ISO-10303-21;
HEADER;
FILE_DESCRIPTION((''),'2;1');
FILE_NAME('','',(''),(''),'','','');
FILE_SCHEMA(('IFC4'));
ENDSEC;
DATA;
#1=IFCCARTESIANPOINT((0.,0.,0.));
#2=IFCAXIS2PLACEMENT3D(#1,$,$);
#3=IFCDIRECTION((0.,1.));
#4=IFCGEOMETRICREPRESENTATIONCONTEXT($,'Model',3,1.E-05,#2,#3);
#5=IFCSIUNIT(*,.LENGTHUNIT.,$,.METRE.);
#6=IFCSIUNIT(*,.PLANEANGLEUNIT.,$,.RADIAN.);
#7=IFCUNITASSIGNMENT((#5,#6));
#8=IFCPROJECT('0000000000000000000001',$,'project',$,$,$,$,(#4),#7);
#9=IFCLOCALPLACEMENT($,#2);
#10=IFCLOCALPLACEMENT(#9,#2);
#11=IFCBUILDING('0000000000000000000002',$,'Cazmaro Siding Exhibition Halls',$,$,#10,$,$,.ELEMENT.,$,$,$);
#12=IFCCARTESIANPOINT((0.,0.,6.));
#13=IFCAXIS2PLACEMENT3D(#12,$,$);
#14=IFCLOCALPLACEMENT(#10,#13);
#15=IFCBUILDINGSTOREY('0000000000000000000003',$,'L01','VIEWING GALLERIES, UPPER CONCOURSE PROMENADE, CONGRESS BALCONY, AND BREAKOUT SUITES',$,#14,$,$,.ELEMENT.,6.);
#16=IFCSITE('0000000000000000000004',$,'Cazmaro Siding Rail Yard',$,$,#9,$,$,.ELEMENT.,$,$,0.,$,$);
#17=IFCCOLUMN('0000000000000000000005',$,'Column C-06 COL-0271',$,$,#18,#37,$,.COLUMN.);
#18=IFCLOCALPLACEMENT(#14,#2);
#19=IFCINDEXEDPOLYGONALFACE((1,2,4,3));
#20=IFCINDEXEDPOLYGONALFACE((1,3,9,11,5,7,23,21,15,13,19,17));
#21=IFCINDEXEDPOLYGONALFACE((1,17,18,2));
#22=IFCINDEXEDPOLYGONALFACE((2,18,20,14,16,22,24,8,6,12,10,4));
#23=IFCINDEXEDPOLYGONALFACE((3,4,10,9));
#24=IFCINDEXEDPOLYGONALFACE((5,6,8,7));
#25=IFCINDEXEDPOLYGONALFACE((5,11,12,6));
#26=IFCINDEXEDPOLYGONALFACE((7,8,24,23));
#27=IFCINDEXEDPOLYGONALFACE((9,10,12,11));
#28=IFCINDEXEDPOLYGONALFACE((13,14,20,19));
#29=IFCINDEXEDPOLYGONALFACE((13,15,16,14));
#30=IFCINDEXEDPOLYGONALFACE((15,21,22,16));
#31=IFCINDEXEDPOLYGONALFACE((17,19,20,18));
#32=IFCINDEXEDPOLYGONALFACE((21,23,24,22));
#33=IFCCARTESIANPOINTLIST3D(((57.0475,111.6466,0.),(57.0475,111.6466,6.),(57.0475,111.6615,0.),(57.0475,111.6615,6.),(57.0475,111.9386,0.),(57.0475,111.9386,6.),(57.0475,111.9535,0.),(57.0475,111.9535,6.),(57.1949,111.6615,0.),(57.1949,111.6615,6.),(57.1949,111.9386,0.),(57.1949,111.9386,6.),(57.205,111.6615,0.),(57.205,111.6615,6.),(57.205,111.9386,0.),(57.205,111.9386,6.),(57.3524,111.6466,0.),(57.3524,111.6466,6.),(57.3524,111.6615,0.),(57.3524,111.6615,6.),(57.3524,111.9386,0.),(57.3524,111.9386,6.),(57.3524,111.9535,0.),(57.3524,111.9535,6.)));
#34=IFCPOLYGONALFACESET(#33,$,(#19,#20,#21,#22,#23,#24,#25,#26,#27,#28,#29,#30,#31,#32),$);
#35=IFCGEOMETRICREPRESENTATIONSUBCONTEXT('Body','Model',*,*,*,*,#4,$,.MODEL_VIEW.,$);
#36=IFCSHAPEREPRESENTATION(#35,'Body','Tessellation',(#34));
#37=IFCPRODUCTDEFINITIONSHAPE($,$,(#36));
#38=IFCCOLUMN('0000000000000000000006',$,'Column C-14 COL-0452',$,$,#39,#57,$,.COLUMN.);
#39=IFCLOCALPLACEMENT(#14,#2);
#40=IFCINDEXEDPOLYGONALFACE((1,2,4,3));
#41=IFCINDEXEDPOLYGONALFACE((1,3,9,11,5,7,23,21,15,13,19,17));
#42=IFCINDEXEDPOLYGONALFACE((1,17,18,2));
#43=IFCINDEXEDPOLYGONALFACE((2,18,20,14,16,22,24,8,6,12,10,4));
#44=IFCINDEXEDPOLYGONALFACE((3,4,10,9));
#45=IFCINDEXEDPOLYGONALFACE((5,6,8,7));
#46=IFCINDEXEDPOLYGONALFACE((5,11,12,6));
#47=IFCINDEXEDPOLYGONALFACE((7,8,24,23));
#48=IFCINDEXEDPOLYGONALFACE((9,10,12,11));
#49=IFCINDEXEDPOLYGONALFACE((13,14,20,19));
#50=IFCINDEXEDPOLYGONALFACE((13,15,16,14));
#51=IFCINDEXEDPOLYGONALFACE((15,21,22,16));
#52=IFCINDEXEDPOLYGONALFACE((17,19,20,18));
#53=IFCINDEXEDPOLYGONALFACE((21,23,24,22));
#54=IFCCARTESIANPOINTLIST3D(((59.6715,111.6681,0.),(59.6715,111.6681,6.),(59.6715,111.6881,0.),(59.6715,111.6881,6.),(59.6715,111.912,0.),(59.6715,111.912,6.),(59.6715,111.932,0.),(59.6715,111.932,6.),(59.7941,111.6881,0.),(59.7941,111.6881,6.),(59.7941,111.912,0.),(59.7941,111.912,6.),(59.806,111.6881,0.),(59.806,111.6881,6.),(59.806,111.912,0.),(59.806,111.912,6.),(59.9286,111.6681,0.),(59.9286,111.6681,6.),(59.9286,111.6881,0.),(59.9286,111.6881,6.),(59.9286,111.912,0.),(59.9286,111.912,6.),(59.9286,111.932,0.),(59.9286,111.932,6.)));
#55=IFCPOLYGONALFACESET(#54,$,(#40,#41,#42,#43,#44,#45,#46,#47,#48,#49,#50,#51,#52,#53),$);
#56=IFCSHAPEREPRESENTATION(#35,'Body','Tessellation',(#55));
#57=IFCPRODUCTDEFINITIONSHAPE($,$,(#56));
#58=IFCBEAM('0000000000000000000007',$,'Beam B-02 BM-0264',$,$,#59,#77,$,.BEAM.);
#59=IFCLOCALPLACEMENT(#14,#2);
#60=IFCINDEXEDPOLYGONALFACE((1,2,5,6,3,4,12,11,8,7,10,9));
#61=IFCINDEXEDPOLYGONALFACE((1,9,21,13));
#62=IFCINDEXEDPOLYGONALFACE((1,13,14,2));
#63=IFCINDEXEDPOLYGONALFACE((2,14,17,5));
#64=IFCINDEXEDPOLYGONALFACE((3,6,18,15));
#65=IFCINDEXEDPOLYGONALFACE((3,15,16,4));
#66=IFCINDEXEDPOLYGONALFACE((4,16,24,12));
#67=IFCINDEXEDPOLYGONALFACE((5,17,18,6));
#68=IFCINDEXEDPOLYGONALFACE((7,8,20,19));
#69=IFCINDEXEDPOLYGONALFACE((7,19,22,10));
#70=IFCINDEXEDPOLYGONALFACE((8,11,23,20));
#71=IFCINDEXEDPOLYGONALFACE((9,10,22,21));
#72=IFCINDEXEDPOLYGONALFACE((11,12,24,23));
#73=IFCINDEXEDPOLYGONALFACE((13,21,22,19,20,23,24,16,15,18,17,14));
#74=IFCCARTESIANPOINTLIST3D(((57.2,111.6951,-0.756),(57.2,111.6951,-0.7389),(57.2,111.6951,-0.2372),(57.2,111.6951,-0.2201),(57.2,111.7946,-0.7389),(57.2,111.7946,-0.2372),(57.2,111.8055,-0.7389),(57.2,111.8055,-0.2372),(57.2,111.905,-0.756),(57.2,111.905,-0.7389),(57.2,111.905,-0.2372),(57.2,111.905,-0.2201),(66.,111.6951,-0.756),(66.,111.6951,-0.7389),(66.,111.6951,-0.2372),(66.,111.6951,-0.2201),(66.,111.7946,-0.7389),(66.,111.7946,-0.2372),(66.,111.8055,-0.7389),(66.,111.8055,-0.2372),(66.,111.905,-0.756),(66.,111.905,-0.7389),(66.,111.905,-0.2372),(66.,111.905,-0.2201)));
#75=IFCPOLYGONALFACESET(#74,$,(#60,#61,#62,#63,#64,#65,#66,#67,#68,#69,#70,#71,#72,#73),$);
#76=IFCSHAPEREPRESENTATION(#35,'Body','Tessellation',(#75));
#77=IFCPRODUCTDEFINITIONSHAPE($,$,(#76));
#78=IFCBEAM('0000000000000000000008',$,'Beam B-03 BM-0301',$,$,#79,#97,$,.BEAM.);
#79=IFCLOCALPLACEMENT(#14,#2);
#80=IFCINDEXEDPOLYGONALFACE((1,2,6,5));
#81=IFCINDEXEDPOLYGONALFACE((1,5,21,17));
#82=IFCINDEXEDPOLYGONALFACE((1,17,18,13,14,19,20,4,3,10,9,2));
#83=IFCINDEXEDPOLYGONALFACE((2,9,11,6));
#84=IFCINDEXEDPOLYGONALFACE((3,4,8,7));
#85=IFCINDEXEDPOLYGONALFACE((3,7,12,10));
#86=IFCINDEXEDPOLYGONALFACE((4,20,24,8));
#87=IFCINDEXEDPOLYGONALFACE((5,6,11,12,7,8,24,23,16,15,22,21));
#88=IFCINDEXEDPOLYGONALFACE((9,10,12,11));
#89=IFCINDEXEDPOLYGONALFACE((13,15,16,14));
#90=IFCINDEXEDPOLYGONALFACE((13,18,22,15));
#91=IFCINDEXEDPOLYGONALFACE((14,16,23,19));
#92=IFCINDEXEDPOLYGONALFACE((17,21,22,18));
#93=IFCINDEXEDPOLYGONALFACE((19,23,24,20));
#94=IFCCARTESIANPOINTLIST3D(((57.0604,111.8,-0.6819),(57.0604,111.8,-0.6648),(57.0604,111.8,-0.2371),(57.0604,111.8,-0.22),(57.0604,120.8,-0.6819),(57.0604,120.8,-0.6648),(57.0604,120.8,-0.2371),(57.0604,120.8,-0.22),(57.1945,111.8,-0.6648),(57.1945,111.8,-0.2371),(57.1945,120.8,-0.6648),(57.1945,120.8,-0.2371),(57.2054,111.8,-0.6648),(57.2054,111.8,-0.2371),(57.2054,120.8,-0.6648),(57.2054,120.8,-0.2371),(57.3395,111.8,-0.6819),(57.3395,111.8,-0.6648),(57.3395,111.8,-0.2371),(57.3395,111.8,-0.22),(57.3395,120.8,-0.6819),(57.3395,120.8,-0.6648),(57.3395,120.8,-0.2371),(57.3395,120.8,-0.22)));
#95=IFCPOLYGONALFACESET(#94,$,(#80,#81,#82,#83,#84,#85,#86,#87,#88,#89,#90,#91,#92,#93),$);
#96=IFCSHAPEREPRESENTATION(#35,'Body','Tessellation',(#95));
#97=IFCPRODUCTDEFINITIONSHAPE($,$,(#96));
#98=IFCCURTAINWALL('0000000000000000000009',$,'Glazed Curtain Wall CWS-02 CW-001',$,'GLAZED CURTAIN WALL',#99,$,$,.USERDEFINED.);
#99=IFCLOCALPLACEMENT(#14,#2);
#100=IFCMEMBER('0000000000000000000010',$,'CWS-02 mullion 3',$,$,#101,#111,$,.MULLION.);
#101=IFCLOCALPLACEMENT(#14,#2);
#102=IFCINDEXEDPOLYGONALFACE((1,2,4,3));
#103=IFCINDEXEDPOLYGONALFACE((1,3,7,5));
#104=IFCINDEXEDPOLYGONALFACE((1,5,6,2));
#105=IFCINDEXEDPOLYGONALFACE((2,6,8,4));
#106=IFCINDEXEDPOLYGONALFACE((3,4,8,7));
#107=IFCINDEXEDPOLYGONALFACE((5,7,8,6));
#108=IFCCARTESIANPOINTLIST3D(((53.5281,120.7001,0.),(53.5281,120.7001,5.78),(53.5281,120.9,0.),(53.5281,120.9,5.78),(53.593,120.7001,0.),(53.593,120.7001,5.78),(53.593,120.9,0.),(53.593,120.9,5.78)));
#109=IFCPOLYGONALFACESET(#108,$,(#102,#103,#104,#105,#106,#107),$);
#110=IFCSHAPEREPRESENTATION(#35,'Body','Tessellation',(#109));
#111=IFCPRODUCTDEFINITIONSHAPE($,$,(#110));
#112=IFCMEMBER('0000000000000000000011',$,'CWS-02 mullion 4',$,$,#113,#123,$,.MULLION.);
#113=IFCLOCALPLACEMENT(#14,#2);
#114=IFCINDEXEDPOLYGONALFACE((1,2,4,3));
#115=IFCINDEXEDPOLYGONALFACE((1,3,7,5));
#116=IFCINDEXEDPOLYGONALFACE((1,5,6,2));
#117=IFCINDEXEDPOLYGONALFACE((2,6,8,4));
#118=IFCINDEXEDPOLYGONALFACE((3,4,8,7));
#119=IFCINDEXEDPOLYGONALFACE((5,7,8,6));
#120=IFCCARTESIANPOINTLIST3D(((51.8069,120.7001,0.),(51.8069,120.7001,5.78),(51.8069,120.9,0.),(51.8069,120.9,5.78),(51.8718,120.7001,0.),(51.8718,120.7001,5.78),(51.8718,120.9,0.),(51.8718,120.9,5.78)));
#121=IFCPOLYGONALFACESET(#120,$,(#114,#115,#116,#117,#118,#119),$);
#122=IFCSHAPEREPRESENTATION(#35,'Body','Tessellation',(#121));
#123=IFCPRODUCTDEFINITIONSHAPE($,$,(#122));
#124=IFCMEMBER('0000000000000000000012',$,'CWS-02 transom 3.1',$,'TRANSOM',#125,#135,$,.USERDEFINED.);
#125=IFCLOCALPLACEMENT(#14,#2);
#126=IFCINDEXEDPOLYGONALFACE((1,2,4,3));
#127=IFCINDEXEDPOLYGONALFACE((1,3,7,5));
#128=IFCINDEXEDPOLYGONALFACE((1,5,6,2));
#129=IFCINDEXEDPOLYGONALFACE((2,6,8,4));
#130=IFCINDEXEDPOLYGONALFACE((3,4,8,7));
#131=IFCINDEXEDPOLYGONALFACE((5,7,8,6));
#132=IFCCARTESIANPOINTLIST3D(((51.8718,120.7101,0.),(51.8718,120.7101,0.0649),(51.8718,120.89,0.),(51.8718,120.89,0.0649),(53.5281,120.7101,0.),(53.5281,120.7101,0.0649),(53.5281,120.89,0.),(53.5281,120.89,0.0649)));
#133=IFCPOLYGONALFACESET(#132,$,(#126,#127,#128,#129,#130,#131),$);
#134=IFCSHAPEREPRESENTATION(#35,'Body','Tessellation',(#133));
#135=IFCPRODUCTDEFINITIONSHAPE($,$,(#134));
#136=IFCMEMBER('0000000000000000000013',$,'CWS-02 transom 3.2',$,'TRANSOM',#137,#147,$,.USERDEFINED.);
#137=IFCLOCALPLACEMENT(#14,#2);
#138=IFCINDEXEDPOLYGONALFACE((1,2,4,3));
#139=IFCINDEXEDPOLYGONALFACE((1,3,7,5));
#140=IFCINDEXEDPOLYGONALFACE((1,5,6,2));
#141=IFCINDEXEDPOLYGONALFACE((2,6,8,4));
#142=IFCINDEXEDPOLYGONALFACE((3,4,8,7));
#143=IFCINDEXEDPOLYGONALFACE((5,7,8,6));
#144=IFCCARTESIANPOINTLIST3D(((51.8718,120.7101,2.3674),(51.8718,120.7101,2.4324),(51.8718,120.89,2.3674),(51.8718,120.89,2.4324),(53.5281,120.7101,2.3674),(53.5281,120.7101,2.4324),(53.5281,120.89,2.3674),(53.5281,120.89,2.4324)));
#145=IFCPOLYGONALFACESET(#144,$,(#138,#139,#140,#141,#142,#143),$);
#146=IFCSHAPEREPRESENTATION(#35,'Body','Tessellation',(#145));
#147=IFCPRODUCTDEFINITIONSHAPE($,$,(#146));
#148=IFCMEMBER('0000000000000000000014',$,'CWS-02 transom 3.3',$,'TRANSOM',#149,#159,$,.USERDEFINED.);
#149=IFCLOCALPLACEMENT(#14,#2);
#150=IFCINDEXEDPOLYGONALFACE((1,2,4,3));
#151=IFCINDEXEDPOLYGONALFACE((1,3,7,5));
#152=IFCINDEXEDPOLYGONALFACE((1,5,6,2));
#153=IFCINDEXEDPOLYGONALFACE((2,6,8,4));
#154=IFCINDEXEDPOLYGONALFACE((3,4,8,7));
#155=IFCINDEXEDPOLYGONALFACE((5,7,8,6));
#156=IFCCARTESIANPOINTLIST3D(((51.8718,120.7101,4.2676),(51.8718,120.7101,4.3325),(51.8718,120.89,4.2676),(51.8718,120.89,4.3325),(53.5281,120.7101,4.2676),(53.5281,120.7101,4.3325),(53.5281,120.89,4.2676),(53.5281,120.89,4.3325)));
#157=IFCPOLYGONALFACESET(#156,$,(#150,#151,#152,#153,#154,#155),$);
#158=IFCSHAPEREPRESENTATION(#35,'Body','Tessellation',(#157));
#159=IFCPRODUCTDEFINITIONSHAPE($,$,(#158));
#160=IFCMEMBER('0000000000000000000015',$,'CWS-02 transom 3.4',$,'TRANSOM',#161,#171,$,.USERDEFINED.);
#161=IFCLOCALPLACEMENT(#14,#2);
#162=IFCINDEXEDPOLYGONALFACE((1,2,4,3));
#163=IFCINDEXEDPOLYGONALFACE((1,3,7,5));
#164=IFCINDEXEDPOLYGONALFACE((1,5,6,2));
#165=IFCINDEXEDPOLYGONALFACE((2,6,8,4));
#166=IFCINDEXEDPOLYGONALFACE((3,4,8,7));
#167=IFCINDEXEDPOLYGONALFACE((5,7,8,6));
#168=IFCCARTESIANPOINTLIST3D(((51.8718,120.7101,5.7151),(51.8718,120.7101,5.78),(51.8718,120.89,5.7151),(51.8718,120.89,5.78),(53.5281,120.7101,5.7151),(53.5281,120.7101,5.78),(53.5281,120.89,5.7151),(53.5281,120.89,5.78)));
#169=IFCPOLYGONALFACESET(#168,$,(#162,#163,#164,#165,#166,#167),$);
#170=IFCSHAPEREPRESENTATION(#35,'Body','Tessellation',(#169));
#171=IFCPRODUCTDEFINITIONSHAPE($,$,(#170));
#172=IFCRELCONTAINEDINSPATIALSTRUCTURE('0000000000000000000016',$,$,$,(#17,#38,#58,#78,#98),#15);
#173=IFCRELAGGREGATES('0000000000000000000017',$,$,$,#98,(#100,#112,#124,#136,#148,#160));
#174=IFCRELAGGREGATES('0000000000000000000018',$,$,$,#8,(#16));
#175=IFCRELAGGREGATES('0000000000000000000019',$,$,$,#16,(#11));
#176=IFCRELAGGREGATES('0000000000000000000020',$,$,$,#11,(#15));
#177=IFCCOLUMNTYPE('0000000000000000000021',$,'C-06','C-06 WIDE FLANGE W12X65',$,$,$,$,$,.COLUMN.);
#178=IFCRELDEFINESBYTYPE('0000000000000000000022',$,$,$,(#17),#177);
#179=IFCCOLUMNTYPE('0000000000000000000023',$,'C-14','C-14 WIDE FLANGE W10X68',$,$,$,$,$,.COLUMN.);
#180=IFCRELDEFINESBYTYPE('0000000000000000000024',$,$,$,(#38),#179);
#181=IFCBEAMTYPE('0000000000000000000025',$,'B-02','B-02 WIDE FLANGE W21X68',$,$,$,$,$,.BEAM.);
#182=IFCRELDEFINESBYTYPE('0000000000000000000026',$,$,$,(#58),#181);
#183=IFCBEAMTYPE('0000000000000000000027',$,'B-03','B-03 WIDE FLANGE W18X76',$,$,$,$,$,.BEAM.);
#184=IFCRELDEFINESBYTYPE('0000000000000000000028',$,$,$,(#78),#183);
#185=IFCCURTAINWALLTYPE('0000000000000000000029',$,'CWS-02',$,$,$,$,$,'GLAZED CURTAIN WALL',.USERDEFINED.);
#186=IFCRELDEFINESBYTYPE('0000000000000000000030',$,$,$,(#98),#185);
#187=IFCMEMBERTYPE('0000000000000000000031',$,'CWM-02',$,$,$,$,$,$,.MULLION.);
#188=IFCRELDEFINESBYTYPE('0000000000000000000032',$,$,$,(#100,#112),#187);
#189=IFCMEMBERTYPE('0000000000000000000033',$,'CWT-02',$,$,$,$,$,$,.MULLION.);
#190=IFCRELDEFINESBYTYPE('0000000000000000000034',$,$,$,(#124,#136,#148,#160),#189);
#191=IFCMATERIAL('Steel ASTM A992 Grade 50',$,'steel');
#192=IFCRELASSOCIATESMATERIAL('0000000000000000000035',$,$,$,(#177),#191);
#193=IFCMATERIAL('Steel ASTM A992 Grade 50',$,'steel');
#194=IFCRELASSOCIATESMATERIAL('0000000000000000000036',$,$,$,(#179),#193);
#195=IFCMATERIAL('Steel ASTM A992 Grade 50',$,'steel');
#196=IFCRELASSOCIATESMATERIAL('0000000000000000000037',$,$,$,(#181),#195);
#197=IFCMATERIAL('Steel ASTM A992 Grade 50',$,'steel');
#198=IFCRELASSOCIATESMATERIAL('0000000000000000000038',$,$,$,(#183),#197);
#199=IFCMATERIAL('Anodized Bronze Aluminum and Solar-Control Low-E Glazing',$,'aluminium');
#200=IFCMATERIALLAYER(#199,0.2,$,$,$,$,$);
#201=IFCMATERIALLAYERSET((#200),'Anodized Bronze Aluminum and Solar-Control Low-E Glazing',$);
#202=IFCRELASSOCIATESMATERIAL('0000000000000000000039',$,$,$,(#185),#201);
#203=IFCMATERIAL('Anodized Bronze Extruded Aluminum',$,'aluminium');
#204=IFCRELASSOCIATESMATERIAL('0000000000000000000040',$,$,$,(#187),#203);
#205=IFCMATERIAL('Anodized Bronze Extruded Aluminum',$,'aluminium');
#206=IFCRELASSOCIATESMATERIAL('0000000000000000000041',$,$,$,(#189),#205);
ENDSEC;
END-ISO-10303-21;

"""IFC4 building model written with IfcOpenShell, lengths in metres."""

from ifc_helpers import new_model, si_unit, direction, frame, origin, origin_2d, place, context, subcontext, project, spatial, rectangle, i_section, extrude, material, layer, layer_set, material_profile, profile_set, type_object, element, aggregate, save


model = new_model("IFC4")

# Units and contexts
model_context = context("Model", 3, precision=1e-05, world=origin(), true_north=direction((0.0, 1.0)))
body_context = subcontext(model_context, "Body", "Model", "MODEL_VIEW")
ifc_project = project(units=[si_unit("LENGTHUNIT", "METRE"), si_unit("PLANEANGLEUNIT", "RADIAN")], contexts=[model_context])

# Site, building, storey
site_placement = place(None, origin())
site = spatial("IfcSite", under=ifc_project, at=site_placement, Name="Cazmaro Siding Rail Yard", CompositionType="ELEMENT", RefElevation=0.0)
building_placement = place(site_placement, origin())
building = spatial("IfcBuilding", under=site, at=building_placement, Name="Cazmaro Siding Exhibition Halls", CompositionType="ELEMENT")
storey_placement = place(building_placement, frame((0.0, 0.0, 6.0)))
storey = spatial("IfcBuildingStorey", under=building, at=storey_placement, Name="L01", Description="VIEWING GALLERIES, UPPER CONCOURSE PROMENADE, CONGRESS BALCONY, AND BREAKOUT SUITES", CompositionType="ELEMENT", Elevation=6.0)

# Columns
ifc_material_1 = material(Name="Steel ASTM A992 Grade 50", Category="steel")
ifc_material_profile_1 = material_profile(ifc_material_1, i_section(OverallWidth=0.3049, OverallDepth=0.3069, WebThickness=0.01, FlangeThickness=0.0149, at=origin_2d()), Name="W12X65")
ifc_profile_set_1 = profile_set([ifc_material_profile_1], Name="Steel ASTM A992 Grade 50")
column_type_1 = type_object("IfcColumnType", Name="C-06", Description="C-06 WIDE FLANGE W12X65", PredefinedType="COLUMN", material=ifc_profile_set_1)
column_1_placement = place(storey_placement, frame((57.2, 111.8, 0.0), z_axis=(0.0, 0.0, 1.0), x_axis=(1.0, 0.0, 0.0)))
element("IfcColumn", 1, at=column_1_placement, inside=storey, type_object=column_type_1, Name="Column C-06 COL-0271", PredefinedType="COLUMN", context=body_context, shape_type="SweptSolid", body=[
    extrude(i_section(OverallWidth=0.3049, OverallDepth=0.3069, WebThickness=0.01, FlangeThickness=0.0149, at=origin_2d()), origin(), (0.0, 0.0, 1.0), 6.0),
])
ifc_material_2 = material(Name="Steel ASTM A992 Grade 50", Category="steel")
ifc_material_profile_2 = material_profile(ifc_material_2, i_section(OverallWidth=0.2571, OverallDepth=0.2639, WebThickness=0.012, FlangeThickness=0.02, at=origin_2d()), Name="W10X68")
ifc_profile_set_2 = profile_set([ifc_material_profile_2], Name="Steel ASTM A992 Grade 50")
column_type_2 = type_object("IfcColumnType", Name="C-14", Description="C-14 WIDE FLANGE W10X68", PredefinedType="COLUMN", material=ifc_profile_set_2)
column_2_placement = place(storey_placement, frame((59.8, 111.8, 0.0), z_axis=(0.0, 0.0, 1.0), x_axis=(1.0, 0.0, 0.0)))
element("IfcColumn", 2, at=column_2_placement, inside=storey, type_object=column_type_2, Name="Column C-14 COL-0452", PredefinedType="COLUMN", context=body_context, shape_type="SweptSolid", body=[
    extrude(i_section(OverallWidth=0.2571, OverallDepth=0.2639, WebThickness=0.012, FlangeThickness=0.02, at=origin_2d()), origin(), (0.0, 0.0, 1.0), 6.0),
])

# Beams
ifc_material_3 = material(Name="Steel ASTM A992 Grade 50", Category="steel")
ifc_material_profile_3 = material_profile(ifc_material_3, i_section(OverallWidth=0.21, OverallDepth=0.5359, WebThickness=0.011, FlangeThickness=0.0171, at=origin_2d()), Name="W21X68")
ifc_profile_set_3 = profile_set([ifc_material_profile_3], Name="Steel ASTM A992 Grade 50")
beam_type_1 = type_object("IfcBeamType", Name="B-02", Description="B-02 WIDE FLANGE W21X68", PredefinedType="BEAM", material=ifc_profile_set_3)
beam_1_placement = place(storey_placement, frame((57.2, 111.8, -0.488), z_axis=(1.0, 0.0, 0.0), x_axis=(0.0, 1.0, 0.0)))
element("IfcBeam", 3, at=beam_1_placement, inside=storey, type_object=beam_type_1, Name="Beam B-02 BM-0264", PredefinedType="BEAM", context=body_context, shape_type="SweptSolid", body=[
    extrude(i_section(OverallWidth=0.21, OverallDepth=0.5359, WebThickness=0.011, FlangeThickness=0.0171, at=origin_2d()), origin(), (0.0, 0.0, 1.0), 8.8),
])
ifc_material_4 = material(Name="Steel ASTM A992 Grade 50", Category="steel")
ifc_material_profile_4 = material_profile(ifc_material_4, i_section(OverallWidth=0.2791, OverallDepth=0.4619, WebThickness=0.011, FlangeThickness=0.0171, at=origin_2d()), Name="W18X76")
ifc_profile_set_4 = profile_set([ifc_material_profile_4], Name="Steel ASTM A992 Grade 50")
beam_type_2 = type_object("IfcBeamType", Name="B-03", Description="B-03 WIDE FLANGE W18X76", PredefinedType="BEAM", material=ifc_profile_set_4)
beam_2_placement = place(storey_placement, frame((57.2, 111.8, -0.4509), z_axis=(0.0, 1.0, 0.0), x_axis=(-1.0, 0.0, 0.0)))
element("IfcBeam", 4, at=beam_2_placement, inside=storey, type_object=beam_type_2, Name="Beam B-03 BM-0301", PredefinedType="BEAM", context=body_context, shape_type="SweptSolid", body=[
    extrude(i_section(OverallWidth=0.2791, OverallDepth=0.4619, WebThickness=0.011, FlangeThickness=0.0171, at=origin_2d()), origin(), (0.0, 0.0, 1.0), 9.0),
])

# Curtain wall, members
ifc_material_5 = material(Name="Anodized Bronze Aluminum and Solar-Control Low-E Glazing", Category="aluminium")
ifc_layer_1 = layer(ifc_material_5, 0.2)
ifc_layer_set_1 = layer_set([ifc_layer_1], Name="Anodized Bronze Aluminum and Solar-Control Low-E Glazing")
curtain_wall_type = type_object("IfcCurtainWallType", Name="CWS-02", ElementType="GLAZED CURTAIN WALL", PredefinedType="USERDEFINED", material=ifc_layer_set_1)
curtain_wall_placement = place(storey_placement, origin())
curtain_wall = element("IfcCurtainWall", 5, at=curtain_wall_placement, inside=storey, type_object=curtain_wall_type, Name="Glazed Curtain Wall CWS-02 CW-001", ObjectType="GLAZED CURTAIN WALL", PredefinedType="USERDEFINED")
ifc_material_6 = material(Name="Anodized Bronze Extruded Aluminum", Category="aluminium")
ifc_material_profile_5 = material_profile(ifc_material_6, rectangle(XDim=0.2, YDim=0.0649, at=origin_2d()), Name="CWM-02")
ifc_profile_set_5 = profile_set([ifc_material_profile_5], Name="Anodized Bronze Extruded Aluminum")
member_type_1 = type_object("IfcMemberType", Name="CWM-02", PredefinedType="MULLION", material=ifc_profile_set_5)
member_1_placement = place(storey_placement, frame((53.5605, 120.8, 0.0), z_axis=(0.0, 0.0, 1.0), x_axis=(0.0, -1.0, 0.0)))
member_1 = element("IfcMember", 6, at=member_1_placement, type_object=member_type_1, Name="CWS-02 mullion 3", PredefinedType="MULLION", context=body_context, shape_type="SweptSolid", body=[
    extrude(rectangle(XDim=0.2, YDim=0.0649, at=origin_2d()), origin(), (0.0, 0.0, 1.0), 5.78),
])
member_2_placement = place(storey_placement, frame((51.8394, 120.8, 0.0), z_axis=(0.0, 0.0, 1.0), x_axis=(0.0, -1.0, 0.0)))
member_2 = element("IfcMember", 7, at=member_2_placement, type_object=member_type_1, Name="CWS-02 mullion 4", PredefinedType="MULLION", context=body_context, shape_type="SweptSolid", body=[
    extrude(rectangle(XDim=0.2, YDim=0.0649, at=origin_2d()), origin(), (0.0, 0.0, 1.0), 5.78),
])
ifc_material_7 = material(Name="Anodized Bronze Extruded Aluminum", Category="aluminium")
ifc_material_profile_6 = material_profile(ifc_material_7, rectangle(XDim=0.1799, YDim=0.0649, at=origin_2d()), Name="CWT-02")
ifc_profile_set_6 = profile_set([ifc_material_profile_6], Name="Anodized Bronze Extruded Aluminum")
member_type_2 = type_object("IfcMemberType", Name="CWT-02", PredefinedType="MULLION", material=ifc_profile_set_6)
member_3_placement = place(storey_placement, frame((53.5281, 120.8, 0.0325), z_axis=(-1.0, 0.0, 0.0), x_axis=(0.0, -1.0, 0.0)))
member_3 = element("IfcMember", 8, at=member_3_placement, type_object=member_type_2, Name="CWS-02 transom 3.1", ObjectType="TRANSOM", PredefinedType="USERDEFINED", context=body_context, shape_type="SweptSolid", body=[
    extrude(rectangle(XDim=0.1799, YDim=0.0649, at=origin_2d()), origin(), (0.0, 0.0, 1.0), 1.6562),
])
member_4_placement = place(storey_placement, frame((53.5281, 120.8, 2.3999), z_axis=(-1.0, 0.0, 0.0), x_axis=(0.0, -1.0, 0.0)))
member_4 = element("IfcMember", 9, at=member_4_placement, type_object=member_type_2, Name="CWS-02 transom 3.2", ObjectType="TRANSOM", PredefinedType="USERDEFINED", context=body_context, shape_type="SweptSolid", body=[
    extrude(rectangle(XDim=0.1799, YDim=0.0649, at=origin_2d()), origin(), (0.0, 0.0, 1.0), 1.6562),
])
member_5_placement = place(storey_placement, frame((53.5281, 120.8, 4.3), z_axis=(-1.0, 0.0, 0.0), x_axis=(0.0, -1.0, 0.0)))
member_5 = element("IfcMember", 10, at=member_5_placement, type_object=member_type_2, Name="CWS-02 transom 3.3", ObjectType="TRANSOM", PredefinedType="USERDEFINED", context=body_context, shape_type="SweptSolid", body=[
    extrude(rectangle(XDim=0.1799, YDim=0.0649, at=origin_2d()), origin(), (0.0, 0.0, 1.0), 1.6562),
])
member_6_placement = place(storey_placement, frame((53.5281, 120.8, 5.7476), z_axis=(-1.0, 0.0, 0.0), x_axis=(0.0, -1.0, 0.0)))
member_6 = element("IfcMember", 11, at=member_6_placement, type_object=member_type_2, Name="CWS-02 transom 3.4", ObjectType="TRANSOM", PredefinedType="USERDEFINED", context=body_context, shape_type="SweptSolid", body=[
    extrude(rectangle(XDim=0.1799, YDim=0.0649, at=origin_2d()), origin(), (0.0, 0.0, 1.0), 1.6562),
])

aggregate(curtain_wall, [member_1, member_2, member_3, member_4, member_5, member_6])

save(model, "model.ifc")
